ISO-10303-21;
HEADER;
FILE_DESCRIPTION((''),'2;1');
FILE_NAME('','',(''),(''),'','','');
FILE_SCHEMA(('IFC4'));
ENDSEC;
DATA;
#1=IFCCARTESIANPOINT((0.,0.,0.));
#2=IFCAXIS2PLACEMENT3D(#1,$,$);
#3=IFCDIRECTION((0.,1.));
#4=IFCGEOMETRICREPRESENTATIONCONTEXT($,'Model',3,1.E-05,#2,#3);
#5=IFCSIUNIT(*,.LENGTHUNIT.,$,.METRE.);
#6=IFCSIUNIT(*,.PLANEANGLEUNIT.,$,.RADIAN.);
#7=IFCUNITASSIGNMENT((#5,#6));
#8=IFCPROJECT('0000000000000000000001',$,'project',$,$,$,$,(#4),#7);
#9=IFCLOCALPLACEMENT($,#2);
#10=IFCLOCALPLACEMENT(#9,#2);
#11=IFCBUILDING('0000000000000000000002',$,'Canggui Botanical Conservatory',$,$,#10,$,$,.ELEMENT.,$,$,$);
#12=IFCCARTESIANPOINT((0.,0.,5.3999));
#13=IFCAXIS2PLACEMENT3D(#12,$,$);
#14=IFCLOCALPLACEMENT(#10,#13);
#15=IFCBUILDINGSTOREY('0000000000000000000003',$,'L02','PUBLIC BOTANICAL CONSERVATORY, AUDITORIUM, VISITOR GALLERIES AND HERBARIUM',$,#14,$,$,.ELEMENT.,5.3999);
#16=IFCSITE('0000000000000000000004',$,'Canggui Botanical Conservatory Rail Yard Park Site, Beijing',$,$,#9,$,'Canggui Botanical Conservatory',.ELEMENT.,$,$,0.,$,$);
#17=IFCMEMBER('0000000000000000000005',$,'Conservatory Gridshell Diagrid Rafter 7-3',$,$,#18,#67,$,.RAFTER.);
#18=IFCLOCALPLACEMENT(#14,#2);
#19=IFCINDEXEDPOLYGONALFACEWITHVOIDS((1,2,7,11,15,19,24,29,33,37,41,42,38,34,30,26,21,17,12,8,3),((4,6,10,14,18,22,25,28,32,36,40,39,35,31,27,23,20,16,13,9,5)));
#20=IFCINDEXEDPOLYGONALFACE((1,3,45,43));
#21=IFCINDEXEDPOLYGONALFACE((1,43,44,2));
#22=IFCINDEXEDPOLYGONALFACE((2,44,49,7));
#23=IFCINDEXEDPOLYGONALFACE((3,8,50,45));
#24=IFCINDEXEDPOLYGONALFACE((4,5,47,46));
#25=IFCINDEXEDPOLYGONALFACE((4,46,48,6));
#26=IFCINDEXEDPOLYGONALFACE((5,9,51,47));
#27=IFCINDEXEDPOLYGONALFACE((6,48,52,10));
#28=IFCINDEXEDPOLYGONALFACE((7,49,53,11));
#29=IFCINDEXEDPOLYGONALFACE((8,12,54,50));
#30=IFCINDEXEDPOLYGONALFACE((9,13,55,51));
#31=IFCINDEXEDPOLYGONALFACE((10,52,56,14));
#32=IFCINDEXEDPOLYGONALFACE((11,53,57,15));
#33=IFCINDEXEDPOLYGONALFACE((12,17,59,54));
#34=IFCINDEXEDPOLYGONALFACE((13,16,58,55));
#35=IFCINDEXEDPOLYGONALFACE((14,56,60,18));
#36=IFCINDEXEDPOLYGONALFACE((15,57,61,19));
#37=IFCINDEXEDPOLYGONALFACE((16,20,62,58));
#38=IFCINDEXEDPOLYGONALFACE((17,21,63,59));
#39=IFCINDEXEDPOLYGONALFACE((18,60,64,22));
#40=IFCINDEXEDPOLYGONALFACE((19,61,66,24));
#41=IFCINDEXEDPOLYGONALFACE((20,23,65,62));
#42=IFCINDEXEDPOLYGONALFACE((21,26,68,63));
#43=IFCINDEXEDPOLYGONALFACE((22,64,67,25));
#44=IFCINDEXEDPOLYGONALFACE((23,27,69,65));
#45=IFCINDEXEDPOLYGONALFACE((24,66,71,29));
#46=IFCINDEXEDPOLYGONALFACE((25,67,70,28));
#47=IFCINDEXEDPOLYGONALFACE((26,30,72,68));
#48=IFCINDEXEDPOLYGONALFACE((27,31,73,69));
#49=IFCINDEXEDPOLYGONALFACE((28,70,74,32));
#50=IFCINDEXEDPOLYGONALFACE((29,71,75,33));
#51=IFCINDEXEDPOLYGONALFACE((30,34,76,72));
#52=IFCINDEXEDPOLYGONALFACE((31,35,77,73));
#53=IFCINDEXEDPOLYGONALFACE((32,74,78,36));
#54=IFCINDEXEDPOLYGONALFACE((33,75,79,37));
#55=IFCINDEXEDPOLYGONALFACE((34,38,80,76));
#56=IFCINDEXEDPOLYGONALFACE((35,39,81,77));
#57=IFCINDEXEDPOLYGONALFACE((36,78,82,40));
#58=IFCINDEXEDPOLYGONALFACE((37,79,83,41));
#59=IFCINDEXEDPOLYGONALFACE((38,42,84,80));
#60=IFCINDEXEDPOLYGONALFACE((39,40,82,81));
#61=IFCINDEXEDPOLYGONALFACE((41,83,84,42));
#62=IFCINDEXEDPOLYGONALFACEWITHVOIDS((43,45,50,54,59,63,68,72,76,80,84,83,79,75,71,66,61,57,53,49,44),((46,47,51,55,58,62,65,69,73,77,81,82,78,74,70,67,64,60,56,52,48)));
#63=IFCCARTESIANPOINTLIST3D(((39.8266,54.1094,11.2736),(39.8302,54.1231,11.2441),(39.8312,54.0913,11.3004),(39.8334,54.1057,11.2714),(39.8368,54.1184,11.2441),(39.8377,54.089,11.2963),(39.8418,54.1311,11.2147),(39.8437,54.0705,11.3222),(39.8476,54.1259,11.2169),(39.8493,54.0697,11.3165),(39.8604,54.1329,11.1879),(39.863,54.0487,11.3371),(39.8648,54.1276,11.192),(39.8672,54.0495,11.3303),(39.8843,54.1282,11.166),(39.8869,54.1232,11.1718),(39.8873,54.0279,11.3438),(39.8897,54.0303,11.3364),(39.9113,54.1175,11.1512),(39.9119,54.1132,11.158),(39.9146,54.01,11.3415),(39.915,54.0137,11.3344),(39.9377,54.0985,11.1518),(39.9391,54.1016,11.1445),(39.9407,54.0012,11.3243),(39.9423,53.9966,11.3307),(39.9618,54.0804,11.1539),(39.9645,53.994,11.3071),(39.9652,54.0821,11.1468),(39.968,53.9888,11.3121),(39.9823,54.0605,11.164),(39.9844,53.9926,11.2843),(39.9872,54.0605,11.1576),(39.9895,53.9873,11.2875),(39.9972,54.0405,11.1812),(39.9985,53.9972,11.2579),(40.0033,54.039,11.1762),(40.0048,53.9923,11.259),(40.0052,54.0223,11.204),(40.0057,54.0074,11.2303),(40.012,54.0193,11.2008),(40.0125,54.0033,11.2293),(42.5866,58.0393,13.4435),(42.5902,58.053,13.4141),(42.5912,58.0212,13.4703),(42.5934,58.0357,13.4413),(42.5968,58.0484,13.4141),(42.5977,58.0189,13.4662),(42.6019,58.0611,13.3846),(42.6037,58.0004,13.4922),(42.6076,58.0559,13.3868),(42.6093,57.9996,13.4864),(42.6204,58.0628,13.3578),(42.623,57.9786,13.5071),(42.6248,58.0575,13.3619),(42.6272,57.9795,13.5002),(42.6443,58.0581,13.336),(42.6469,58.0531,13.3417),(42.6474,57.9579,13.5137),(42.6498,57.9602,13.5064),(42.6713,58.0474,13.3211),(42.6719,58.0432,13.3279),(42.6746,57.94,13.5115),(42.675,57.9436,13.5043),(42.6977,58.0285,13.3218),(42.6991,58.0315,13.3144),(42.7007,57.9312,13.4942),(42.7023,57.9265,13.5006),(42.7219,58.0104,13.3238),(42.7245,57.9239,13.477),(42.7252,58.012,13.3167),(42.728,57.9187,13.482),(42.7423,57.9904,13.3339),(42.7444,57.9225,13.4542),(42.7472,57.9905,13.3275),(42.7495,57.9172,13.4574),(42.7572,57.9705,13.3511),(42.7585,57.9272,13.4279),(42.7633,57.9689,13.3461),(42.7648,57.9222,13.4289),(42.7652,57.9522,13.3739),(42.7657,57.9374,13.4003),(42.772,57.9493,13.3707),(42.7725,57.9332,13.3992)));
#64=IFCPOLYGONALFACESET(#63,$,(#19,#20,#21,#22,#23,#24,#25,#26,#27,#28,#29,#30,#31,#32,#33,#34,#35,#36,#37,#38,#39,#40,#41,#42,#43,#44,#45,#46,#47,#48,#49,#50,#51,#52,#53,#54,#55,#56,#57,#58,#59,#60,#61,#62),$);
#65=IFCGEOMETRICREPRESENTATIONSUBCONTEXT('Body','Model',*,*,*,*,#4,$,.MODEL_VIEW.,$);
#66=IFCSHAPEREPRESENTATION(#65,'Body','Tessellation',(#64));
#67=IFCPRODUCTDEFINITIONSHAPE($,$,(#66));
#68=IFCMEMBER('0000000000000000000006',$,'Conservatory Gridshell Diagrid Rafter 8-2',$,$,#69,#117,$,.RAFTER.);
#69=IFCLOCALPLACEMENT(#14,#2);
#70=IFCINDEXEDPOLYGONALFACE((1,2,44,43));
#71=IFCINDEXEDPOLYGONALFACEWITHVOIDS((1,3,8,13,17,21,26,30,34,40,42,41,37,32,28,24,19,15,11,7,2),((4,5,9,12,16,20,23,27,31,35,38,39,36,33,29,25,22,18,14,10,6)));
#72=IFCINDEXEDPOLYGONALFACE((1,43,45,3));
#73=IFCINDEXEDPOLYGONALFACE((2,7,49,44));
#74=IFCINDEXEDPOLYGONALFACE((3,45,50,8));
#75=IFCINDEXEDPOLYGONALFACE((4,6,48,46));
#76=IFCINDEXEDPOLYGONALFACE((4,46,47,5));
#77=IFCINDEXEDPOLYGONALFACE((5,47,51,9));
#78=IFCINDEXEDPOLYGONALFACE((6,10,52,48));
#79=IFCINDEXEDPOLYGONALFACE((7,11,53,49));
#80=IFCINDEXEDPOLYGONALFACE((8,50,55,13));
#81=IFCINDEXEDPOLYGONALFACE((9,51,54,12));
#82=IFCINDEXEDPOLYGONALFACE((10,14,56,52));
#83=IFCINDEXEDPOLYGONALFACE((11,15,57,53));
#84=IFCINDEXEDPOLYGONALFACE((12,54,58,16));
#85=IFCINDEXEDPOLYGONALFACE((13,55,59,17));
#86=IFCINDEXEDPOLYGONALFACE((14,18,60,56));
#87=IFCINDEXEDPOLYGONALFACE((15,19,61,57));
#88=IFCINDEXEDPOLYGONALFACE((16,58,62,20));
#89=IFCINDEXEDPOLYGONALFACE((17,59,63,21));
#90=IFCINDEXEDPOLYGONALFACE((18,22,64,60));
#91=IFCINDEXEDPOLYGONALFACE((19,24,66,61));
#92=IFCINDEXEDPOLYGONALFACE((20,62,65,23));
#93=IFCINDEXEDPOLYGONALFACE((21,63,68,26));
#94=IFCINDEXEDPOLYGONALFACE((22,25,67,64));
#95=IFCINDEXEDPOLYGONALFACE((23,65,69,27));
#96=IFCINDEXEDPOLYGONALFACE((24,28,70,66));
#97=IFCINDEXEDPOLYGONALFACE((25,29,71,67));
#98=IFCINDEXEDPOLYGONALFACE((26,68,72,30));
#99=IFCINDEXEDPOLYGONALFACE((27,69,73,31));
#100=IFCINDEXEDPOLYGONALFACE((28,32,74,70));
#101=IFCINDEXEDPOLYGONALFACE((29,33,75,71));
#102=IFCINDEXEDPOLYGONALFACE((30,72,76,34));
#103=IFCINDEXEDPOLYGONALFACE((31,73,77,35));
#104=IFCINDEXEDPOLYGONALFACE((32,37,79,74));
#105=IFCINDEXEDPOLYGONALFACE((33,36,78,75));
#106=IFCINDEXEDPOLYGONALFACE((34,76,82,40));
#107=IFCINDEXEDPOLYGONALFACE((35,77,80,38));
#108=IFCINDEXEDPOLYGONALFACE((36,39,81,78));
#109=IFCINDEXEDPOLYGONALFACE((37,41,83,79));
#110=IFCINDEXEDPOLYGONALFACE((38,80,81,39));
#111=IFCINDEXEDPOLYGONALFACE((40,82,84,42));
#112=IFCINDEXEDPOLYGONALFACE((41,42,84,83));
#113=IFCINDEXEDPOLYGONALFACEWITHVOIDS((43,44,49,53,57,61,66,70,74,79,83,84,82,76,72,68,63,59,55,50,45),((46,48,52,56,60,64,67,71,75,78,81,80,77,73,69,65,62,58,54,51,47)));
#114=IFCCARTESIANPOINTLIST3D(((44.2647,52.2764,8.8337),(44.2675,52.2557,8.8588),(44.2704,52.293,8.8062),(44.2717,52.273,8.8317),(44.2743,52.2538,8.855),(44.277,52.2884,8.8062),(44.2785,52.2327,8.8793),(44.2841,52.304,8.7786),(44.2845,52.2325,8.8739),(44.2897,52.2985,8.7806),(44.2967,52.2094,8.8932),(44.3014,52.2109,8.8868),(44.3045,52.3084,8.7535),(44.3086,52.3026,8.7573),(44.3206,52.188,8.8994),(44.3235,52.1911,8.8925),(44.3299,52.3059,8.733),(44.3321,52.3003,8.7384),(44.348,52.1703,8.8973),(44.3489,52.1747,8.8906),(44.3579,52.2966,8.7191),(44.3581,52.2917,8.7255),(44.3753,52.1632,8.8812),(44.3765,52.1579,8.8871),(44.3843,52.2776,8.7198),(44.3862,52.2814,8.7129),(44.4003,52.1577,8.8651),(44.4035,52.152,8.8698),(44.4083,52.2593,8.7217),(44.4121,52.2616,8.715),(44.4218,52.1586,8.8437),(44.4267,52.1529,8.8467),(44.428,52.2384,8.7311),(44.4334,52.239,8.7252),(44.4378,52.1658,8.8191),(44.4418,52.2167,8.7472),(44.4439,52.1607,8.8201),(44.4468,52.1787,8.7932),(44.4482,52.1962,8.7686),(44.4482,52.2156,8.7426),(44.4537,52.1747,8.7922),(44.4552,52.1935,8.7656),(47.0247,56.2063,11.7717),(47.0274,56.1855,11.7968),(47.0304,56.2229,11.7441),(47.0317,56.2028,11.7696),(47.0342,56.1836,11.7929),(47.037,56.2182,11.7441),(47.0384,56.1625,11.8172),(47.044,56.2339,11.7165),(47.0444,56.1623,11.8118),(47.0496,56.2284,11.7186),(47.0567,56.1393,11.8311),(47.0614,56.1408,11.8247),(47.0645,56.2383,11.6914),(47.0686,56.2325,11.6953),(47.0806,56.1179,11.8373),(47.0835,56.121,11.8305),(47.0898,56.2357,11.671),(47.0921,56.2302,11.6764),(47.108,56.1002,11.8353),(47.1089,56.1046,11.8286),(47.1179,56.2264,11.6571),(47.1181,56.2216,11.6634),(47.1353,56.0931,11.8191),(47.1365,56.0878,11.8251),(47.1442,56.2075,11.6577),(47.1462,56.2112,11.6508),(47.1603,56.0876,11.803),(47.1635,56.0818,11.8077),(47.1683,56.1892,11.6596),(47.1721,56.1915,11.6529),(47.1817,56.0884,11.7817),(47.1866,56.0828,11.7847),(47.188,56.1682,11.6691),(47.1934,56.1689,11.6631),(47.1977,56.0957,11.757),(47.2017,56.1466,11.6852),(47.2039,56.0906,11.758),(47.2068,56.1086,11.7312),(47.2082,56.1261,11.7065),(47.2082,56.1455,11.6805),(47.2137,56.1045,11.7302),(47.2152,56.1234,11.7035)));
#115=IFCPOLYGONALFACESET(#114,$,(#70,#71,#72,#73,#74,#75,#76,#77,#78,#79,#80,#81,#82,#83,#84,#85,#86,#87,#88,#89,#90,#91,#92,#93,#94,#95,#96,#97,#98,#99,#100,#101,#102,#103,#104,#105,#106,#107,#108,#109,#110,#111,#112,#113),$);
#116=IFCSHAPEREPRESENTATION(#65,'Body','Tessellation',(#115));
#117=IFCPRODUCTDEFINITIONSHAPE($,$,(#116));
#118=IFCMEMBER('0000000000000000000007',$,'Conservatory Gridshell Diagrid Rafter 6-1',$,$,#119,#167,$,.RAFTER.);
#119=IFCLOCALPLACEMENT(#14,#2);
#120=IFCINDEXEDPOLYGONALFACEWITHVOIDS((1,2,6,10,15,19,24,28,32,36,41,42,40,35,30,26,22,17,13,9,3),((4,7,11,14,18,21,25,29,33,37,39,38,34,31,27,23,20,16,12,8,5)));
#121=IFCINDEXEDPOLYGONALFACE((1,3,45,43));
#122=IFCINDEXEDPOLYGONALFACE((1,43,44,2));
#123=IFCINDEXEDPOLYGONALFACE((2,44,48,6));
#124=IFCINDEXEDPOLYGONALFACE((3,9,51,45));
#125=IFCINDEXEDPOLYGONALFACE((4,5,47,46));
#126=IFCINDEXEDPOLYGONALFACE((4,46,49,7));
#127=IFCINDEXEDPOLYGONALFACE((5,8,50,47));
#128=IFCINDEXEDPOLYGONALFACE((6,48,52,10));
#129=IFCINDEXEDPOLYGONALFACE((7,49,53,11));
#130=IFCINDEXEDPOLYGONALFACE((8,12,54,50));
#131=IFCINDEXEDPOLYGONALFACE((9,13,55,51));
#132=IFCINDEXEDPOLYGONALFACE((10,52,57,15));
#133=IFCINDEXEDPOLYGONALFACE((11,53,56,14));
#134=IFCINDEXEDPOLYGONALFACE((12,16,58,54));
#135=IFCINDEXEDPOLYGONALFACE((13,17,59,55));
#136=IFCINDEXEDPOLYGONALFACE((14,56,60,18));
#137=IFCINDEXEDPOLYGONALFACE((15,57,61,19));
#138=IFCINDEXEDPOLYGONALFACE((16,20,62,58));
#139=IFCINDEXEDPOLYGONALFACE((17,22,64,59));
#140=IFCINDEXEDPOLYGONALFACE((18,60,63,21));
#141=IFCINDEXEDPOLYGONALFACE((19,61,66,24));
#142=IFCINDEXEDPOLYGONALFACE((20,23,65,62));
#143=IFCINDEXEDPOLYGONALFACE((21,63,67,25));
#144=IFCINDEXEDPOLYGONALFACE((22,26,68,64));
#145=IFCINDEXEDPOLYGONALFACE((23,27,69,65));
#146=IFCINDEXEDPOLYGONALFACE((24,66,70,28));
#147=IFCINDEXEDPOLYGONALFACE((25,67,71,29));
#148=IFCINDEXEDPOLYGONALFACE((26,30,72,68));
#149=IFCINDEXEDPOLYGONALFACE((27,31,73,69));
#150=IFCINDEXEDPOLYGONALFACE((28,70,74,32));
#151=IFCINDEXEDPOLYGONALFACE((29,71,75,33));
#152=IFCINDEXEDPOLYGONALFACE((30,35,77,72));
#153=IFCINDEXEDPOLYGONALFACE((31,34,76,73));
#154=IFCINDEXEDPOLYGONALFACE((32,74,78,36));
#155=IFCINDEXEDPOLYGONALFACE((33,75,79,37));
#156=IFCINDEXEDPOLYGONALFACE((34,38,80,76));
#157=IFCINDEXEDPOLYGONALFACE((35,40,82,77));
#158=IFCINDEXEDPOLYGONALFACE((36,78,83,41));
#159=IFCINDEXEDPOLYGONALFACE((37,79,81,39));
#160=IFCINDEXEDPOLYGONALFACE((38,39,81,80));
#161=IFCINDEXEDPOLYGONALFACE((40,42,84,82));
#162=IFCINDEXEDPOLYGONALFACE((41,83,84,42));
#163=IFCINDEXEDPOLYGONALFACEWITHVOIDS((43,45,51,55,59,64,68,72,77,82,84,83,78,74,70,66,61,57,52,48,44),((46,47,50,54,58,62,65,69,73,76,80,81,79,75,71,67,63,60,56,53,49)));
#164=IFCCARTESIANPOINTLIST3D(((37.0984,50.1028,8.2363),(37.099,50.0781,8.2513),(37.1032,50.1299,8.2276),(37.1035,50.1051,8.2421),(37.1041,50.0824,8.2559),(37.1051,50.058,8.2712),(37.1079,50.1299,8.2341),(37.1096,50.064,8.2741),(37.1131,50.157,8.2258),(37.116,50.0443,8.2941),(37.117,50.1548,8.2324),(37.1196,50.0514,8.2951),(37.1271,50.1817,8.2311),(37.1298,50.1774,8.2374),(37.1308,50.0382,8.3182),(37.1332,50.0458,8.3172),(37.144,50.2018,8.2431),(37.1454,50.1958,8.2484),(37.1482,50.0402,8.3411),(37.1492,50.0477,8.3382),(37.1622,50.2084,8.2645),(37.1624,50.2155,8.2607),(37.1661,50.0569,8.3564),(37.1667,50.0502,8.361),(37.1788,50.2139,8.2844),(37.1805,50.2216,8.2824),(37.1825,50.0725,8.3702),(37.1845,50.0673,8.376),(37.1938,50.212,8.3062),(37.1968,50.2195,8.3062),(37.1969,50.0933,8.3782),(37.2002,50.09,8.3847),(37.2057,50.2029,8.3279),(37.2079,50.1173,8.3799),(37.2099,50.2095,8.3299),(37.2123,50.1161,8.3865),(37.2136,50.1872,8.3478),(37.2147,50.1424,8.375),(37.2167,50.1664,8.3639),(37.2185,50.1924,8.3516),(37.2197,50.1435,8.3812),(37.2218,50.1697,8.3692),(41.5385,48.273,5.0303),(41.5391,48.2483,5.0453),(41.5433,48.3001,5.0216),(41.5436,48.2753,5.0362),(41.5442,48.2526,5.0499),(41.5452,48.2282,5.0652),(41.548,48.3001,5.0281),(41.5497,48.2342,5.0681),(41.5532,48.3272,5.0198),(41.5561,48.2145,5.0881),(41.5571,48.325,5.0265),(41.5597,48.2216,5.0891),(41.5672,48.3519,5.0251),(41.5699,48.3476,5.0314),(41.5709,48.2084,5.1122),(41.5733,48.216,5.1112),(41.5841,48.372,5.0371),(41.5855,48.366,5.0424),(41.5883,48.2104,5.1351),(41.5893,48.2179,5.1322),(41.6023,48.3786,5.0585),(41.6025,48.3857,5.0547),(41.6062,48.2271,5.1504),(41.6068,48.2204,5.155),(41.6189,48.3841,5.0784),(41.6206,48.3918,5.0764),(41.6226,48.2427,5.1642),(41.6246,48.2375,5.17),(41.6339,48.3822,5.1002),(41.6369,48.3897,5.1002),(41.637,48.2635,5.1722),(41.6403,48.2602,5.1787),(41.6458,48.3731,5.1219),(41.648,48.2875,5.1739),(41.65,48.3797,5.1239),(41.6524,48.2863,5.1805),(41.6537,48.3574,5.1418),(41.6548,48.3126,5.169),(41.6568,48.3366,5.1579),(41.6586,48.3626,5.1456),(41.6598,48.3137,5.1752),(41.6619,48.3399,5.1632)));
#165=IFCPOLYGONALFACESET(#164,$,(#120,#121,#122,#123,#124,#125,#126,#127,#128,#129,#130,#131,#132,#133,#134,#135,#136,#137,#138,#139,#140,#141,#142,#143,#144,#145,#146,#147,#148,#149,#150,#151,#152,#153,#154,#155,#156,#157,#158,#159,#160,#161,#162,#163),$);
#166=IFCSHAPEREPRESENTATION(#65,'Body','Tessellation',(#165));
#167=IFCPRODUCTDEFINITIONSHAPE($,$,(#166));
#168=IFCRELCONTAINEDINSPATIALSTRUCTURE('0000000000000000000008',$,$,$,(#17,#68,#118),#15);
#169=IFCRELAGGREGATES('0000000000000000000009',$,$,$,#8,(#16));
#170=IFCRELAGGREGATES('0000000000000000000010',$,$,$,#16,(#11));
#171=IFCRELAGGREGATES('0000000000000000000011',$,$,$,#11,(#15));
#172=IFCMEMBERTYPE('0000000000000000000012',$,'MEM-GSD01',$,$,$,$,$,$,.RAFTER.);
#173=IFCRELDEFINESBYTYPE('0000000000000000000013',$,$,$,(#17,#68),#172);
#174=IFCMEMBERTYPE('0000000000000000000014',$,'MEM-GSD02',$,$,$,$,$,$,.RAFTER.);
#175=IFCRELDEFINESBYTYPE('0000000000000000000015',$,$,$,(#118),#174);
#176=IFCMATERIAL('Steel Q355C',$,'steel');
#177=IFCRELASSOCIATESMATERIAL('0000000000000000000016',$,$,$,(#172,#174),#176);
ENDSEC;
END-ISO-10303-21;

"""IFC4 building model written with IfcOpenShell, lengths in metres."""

from ifc_helpers import new_model, si_unit, direction, frame, origin, origin_2d, place, context, subcontext, project, spatial, hollow_circle, extrude, material, material_profile, profile_set, type_object, element, save


model = new_model("IFC4")

# Units and contexts
model_context = context("Model", 3, precision=1e-05, world=origin(), true_north=direction((0.0, 1.0)))
body_context = subcontext(model_context, "Body", "Model", "MODEL_VIEW")
ifc_project = project(units=[si_unit("LENGTHUNIT", "METRE"), si_unit("PLANEANGLEUNIT", "RADIAN")], contexts=[model_context])

# Site, building, storey
site_placement = place(None, origin())
site = spatial("IfcSite", under=ifc_project, at=site_placement, Name="Canggui Botanical Conservatory Rail Yard Park Site, Beijing", LongName="Canggui Botanical Conservatory", CompositionType="ELEMENT", RefElevation=0.0)
building_placement = place(site_placement, origin())
building = spatial("IfcBuilding", under=site, at=building_placement, Name="Canggui Botanical Conservatory", CompositionType="ELEMENT")
storey_placement = place(building_placement, frame((0.0, 0.0, 5.3999)))
storey = spatial("IfcBuildingStorey", under=building, at=storey_placement, Name="L02", Description="PUBLIC BOTANICAL CONSERVATORY, AUDITORIUM, VISITOR GALLERIES AND HERBARIUM", CompositionType="ELEMENT", Elevation=5.3999)

# Shared definitions
ifc_material_1 = material(Name="Steel Q355C", Category="steel")

# Members
ifc_material_profile_1 = material_profile(ifc_material_1, hollow_circle(Radius=0.1096, WallThickness=0.0081, at=origin_2d()), Name="CHS 219x8")
ifc_profile_set_1 = profile_set([ifc_material_profile_1], Name="Steel Q355C")
member_type_1 = type_object("IfcMemberType", Name="MEM-GSD01", PredefinedType="RAFTER", material=ifc_profile_set_1)
member_1_placement = place(storey_placement, frame((39.9199, 54.0601, 11.2441), z_axis=(0.523743, 0.745749, 0.411767), x_axis=(-0.818345, 0.574728, 0.0)))
element("IfcMember", 1, at=member_1_placement, inside=storey, type_object=member_type_1, Name="Conservatory Gridshell Diagrid Rafter 7-3", PredefinedType="RAFTER", context=body_context, shape_type="SweptSolid", body=[
    extrude(hollow_circle(Radius=0.1096, WallThickness=0.0081, at=origin_2d()), origin(), (0.0, 0.0, 1.0), 5.2698),
])
member_2_placement = place(storey_placement, frame((44.3601, 52.23, 8.8062), z_axis=(0.490257, 0.698068, 0.521871), x_axis=(-0.818345, 0.574728, 0.0)))
element("IfcMember", 2, at=member_2_placement, inside=storey, type_object=member_type_1, Name="Conservatory Gridshell Diagrid Rafter 8-2", PredefinedType="RAFTER", context=body_context, shape_type="SweptSolid", body=[
    extrude(hollow_circle(Radius=0.1096, WallThickness=0.0081, at=origin_2d()), origin(), (0.0, 0.0, 1.0), 5.6296),
])
ifc_material_profile_2 = material_profile(ifc_material_1, hollow_circle(Radius=0.0969, WallThickness=0.0081, at=origin_2d()), Name="CHS 194x8")
ifc_profile_set_2 = profile_set([ifc_material_profile_2], Name="Steel Q355C")
member_type_2 = type_object("IfcMemberType", Name="MEM-GSD02", PredefinedType="RAFTER", material=ifc_profile_set_2)
member_3_placement = place(storey_placement, frame((37.1599, 50.1299, 8.3062), z_axis=(0.768959, -0.316894, -0.55523), x_axis=(0.381021, 0.924566, 0.0)))
element("IfcMember", 3, at=member_3_placement, inside=storey, type_object=member_type_2, Name="Conservatory Gridshell Diagrid Rafter 6-1", PredefinedType="RAFTER", context=body_context, shape_type="SweptSolid", body=[
    extrude(hollow_circle(Radius=0.0969, WallThickness=0.0081, at=origin_2d()), origin(), (0.0, 0.0, 1.0), 5.7742),
])

save(model, "model.ifc")
